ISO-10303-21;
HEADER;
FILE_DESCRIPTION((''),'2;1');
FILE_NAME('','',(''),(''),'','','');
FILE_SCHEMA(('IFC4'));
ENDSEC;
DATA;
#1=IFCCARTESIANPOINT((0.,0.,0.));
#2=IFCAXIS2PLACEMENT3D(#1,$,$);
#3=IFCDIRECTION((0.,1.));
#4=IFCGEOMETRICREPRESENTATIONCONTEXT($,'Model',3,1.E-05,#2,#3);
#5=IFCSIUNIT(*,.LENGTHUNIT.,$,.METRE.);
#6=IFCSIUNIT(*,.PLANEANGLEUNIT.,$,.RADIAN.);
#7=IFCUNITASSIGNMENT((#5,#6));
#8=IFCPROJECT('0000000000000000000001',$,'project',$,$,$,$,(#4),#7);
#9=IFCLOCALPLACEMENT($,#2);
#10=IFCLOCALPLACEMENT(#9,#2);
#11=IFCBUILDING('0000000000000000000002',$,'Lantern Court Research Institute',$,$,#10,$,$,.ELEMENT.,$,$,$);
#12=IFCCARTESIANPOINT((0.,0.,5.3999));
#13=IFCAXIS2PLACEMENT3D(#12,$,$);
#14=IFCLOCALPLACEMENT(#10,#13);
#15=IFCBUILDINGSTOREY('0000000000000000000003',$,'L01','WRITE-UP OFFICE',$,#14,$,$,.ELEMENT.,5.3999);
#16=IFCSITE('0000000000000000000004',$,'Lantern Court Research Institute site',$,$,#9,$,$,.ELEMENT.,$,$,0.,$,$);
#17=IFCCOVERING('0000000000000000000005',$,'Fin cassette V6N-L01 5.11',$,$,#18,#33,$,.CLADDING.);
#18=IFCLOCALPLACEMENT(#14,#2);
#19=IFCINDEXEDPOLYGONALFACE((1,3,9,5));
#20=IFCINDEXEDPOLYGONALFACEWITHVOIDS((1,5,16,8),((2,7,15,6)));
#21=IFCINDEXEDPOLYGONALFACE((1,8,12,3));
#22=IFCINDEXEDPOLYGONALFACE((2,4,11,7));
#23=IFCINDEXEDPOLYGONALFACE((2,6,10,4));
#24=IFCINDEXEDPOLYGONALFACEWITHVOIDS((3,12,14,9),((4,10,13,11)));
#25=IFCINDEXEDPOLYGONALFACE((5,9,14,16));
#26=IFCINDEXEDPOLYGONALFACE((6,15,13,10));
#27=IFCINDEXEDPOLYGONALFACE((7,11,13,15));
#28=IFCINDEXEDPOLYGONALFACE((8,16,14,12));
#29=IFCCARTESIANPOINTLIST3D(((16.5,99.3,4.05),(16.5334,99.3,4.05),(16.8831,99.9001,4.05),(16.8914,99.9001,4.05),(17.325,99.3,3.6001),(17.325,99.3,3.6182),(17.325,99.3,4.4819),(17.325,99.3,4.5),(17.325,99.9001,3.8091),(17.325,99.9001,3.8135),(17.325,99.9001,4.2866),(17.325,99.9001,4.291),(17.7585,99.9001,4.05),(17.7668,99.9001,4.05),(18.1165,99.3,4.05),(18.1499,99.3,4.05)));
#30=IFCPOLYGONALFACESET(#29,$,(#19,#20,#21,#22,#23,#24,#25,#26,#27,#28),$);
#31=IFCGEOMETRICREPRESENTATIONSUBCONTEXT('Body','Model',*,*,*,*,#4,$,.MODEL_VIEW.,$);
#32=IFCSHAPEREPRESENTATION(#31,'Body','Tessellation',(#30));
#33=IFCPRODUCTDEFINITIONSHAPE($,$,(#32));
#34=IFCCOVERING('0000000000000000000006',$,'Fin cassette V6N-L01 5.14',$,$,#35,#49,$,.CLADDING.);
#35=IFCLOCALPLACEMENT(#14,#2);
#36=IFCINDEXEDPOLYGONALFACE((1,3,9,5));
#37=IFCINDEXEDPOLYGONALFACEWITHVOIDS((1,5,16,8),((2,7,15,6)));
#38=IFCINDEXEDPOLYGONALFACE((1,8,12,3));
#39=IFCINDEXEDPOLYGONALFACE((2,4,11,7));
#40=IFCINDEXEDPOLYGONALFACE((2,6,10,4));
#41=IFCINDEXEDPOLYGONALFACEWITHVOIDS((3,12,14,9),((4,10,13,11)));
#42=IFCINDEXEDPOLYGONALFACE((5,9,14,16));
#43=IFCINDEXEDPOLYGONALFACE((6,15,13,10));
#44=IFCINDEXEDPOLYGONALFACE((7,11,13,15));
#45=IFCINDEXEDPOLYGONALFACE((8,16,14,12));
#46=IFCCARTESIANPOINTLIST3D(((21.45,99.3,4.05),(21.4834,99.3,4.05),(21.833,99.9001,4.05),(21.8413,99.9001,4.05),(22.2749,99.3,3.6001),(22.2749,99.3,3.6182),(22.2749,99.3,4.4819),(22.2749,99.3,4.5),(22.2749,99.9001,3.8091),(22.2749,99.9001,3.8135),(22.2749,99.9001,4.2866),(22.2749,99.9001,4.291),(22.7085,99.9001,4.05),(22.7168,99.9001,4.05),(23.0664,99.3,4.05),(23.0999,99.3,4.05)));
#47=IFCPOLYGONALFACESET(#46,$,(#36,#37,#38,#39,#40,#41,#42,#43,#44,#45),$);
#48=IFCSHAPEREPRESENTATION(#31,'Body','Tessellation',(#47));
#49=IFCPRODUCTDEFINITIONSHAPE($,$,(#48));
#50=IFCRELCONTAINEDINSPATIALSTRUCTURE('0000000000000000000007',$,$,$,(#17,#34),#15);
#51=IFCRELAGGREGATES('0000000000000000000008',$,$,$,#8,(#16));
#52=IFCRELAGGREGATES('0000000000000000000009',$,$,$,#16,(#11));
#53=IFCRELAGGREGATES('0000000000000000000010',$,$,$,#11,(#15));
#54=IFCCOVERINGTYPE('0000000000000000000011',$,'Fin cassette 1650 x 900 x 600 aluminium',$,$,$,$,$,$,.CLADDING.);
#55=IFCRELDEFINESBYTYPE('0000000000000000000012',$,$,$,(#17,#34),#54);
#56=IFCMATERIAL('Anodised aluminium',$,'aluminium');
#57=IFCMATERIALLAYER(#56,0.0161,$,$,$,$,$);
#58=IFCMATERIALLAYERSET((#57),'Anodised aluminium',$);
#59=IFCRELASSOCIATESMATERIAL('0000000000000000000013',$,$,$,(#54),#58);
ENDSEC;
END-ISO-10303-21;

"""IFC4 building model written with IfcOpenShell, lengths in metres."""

from ifc_helpers import new_model, entity, si_unit, direction, frame, origin, place, context, subcontext, project, spatial, material, layer, layer_set, type_object, element, save


model = new_model("IFC4")

# Units and contexts
model_context = context("Model", 3, precision=1e-05, world=origin(), true_north=direction((0.0, 1.0)))
body_context = subcontext(model_context, "Body", "Model", "MODEL_VIEW")
ifc_project = project(units=[si_unit("LENGTHUNIT", "METRE"), si_unit("PLANEANGLEUNIT", "RADIAN")], contexts=[model_context])

# Site, building, storey
site_placement = place(None, origin())
site = spatial("IfcSite", under=ifc_project, at=site_placement, Name="Lantern Court Research Institute site", CompositionType="ELEMENT", RefElevation=0.0)
building_placement = place(site_placement, origin())
building = spatial("IfcBuilding", under=site, at=building_placement, Name="Lantern Court Research Institute", CompositionType="ELEMENT")
storey_placement = place(building_placement, frame((0.0, 0.0, 5.3999)))
storey = spatial("IfcBuildingStorey", under=building, at=storey_placement, Name="L01", Description="WRITE-UP OFFICE", CompositionType="ELEMENT", Elevation=5.3999)

# Coverings
ifc_material_1 = material(Name="Anodised aluminium", Category="aluminium")
ifc_layer_1 = layer(ifc_material_1, 0.0161)
ifc_layer_set_1 = layer_set([ifc_layer_1], Name="Anodised aluminium")
covering_type_1 = type_object("IfcCoveringType", Name="Fin cassette 1650 x 900 x 600 aluminium", PredefinedType="CLADDING", material=ifc_layer_set_1)
covering_1_placement = place(storey_placement, frame((17.325, 99.3, 4.05), z_axis=(0.0, 1.0, 0.0), x_axis=(-1.0, 0.0, 0.0)))
cartesian_point_1 = entity("IfcCartesianPoint", [0.825, 0.0])
cartesian_point_2 = entity("IfcCartesianPoint", [0.7915, 0.0])
cartesian_point_3 = entity("IfcCartesianPoint", [0.4419, 0.0])
cartesian_point_4 = entity("IfcCartesianPoint", [0.4336, 0.0])
element("IfcCovering", 1, at=covering_1_placement, inside=storey, type_object=covering_type_1, Name="Fin cassette V6N-L01 5.11", PredefinedType="CLADDING", context=body_context, shape_type="SweptSolid", body=[
    entity("IfcExtrudedAreaSolidTapered", entity("IfcArbitraryProfileDefWithVoids", "AREA", None, entity("IfcPolyline", [cartesian_point_1, entity("IfcCartesianPoint", [0.0, 0.45]), entity("IfcCartesianPoint", [-0.825, 0.0]), entity("IfcCartesianPoint", [0.0, -0.45]), cartesian_point_1]), [entity("IfcPolyline", [cartesian_point_2, entity("IfcCartesianPoint", [0.0, 0.4319]), entity("IfcCartesianPoint", [-0.7915, 0.0]), entity("IfcCartesianPoint", [0.0, -0.4319]), cartesian_point_2])]), entity("IfcAxis2Placement3D", entity("IfcCartesianPoint", [0.0, 0.0, 0.0])), entity("IfcDirection", [0.0, 0.0, 1.0]), 0.6001, entity("IfcArbitraryProfileDefWithVoids", "AREA", None, entity("IfcPolyline", [cartesian_point_3, entity("IfcCartesianPoint", [0.0, 0.241]), entity("IfcCartesianPoint", [-0.4419, 0.0]), entity("IfcCartesianPoint", [0.0, -0.241]), cartesian_point_3]), [entity("IfcPolyline", [cartesian_point_4, entity("IfcCartesianPoint", [0.0, 0.2366]), entity("IfcCartesianPoint", [-0.4336, 0.0]), entity("IfcCartesianPoint", [0.0, -0.2366]), cartesian_point_4])])),
])
covering_2_placement = place(storey_placement, frame((22.2749, 99.3, 4.05), z_axis=(0.0, 1.0, 0.0), x_axis=(-1.0, 0.0, 0.0)))
cartesian_point_5 = entity("IfcCartesianPoint", [0.825, 0.0])
cartesian_point_6 = entity("IfcCartesianPoint", [0.7915, 0.0])
cartesian_point_7 = entity("IfcCartesianPoint", [0.4419, 0.0])
cartesian_point_8 = entity("IfcCartesianPoint", [0.4336, 0.0])
element("IfcCovering", 2, at=covering_2_placement, inside=storey, type_object=covering_type_1, Name="Fin cassette V6N-L01 5.14", PredefinedType="CLADDING", context=body_context, shape_type="SweptSolid", body=[
    entity("IfcExtrudedAreaSolidTapered", entity("IfcArbitraryProfileDefWithVoids", "AREA", None, entity("IfcPolyline", [cartesian_point_5, entity("IfcCartesianPoint", [0.0, 0.45]), entity("IfcCartesianPoint", [-0.825, 0.0]), entity("IfcCartesianPoint", [0.0, -0.45]), cartesian_point_5]), [entity("IfcPolyline", [cartesian_point_6, entity("IfcCartesianPoint", [0.0, 0.4319]), entity("IfcCartesianPoint", [-0.7915, 0.0]), entity("IfcCartesianPoint", [0.0, -0.4319]), cartesian_point_6])]), entity("IfcAxis2Placement3D", entity("IfcCartesianPoint", [0.0, 0.0, 0.0])), entity("IfcDirection", [0.0, 0.0, 1.0]), 0.6001, entity("IfcArbitraryProfileDefWithVoids", "AREA", None, entity("IfcPolyline", [cartesian_point_7, entity("IfcCartesianPoint", [0.0, 0.241]), entity("IfcCartesianPoint", [-0.4419, 0.0]), entity("IfcCartesianPoint", [0.0, -0.241]), cartesian_point_7]), [entity("IfcPolyline", [cartesian_point_8, entity("IfcCartesianPoint", [0.0, 0.2366]), entity("IfcCartesianPoint", [-0.4336, 0.0]), entity("IfcCartesianPoint", [0.0, -0.2366]), cartesian_point_8])])),
])

save(model, "model.ifc")
